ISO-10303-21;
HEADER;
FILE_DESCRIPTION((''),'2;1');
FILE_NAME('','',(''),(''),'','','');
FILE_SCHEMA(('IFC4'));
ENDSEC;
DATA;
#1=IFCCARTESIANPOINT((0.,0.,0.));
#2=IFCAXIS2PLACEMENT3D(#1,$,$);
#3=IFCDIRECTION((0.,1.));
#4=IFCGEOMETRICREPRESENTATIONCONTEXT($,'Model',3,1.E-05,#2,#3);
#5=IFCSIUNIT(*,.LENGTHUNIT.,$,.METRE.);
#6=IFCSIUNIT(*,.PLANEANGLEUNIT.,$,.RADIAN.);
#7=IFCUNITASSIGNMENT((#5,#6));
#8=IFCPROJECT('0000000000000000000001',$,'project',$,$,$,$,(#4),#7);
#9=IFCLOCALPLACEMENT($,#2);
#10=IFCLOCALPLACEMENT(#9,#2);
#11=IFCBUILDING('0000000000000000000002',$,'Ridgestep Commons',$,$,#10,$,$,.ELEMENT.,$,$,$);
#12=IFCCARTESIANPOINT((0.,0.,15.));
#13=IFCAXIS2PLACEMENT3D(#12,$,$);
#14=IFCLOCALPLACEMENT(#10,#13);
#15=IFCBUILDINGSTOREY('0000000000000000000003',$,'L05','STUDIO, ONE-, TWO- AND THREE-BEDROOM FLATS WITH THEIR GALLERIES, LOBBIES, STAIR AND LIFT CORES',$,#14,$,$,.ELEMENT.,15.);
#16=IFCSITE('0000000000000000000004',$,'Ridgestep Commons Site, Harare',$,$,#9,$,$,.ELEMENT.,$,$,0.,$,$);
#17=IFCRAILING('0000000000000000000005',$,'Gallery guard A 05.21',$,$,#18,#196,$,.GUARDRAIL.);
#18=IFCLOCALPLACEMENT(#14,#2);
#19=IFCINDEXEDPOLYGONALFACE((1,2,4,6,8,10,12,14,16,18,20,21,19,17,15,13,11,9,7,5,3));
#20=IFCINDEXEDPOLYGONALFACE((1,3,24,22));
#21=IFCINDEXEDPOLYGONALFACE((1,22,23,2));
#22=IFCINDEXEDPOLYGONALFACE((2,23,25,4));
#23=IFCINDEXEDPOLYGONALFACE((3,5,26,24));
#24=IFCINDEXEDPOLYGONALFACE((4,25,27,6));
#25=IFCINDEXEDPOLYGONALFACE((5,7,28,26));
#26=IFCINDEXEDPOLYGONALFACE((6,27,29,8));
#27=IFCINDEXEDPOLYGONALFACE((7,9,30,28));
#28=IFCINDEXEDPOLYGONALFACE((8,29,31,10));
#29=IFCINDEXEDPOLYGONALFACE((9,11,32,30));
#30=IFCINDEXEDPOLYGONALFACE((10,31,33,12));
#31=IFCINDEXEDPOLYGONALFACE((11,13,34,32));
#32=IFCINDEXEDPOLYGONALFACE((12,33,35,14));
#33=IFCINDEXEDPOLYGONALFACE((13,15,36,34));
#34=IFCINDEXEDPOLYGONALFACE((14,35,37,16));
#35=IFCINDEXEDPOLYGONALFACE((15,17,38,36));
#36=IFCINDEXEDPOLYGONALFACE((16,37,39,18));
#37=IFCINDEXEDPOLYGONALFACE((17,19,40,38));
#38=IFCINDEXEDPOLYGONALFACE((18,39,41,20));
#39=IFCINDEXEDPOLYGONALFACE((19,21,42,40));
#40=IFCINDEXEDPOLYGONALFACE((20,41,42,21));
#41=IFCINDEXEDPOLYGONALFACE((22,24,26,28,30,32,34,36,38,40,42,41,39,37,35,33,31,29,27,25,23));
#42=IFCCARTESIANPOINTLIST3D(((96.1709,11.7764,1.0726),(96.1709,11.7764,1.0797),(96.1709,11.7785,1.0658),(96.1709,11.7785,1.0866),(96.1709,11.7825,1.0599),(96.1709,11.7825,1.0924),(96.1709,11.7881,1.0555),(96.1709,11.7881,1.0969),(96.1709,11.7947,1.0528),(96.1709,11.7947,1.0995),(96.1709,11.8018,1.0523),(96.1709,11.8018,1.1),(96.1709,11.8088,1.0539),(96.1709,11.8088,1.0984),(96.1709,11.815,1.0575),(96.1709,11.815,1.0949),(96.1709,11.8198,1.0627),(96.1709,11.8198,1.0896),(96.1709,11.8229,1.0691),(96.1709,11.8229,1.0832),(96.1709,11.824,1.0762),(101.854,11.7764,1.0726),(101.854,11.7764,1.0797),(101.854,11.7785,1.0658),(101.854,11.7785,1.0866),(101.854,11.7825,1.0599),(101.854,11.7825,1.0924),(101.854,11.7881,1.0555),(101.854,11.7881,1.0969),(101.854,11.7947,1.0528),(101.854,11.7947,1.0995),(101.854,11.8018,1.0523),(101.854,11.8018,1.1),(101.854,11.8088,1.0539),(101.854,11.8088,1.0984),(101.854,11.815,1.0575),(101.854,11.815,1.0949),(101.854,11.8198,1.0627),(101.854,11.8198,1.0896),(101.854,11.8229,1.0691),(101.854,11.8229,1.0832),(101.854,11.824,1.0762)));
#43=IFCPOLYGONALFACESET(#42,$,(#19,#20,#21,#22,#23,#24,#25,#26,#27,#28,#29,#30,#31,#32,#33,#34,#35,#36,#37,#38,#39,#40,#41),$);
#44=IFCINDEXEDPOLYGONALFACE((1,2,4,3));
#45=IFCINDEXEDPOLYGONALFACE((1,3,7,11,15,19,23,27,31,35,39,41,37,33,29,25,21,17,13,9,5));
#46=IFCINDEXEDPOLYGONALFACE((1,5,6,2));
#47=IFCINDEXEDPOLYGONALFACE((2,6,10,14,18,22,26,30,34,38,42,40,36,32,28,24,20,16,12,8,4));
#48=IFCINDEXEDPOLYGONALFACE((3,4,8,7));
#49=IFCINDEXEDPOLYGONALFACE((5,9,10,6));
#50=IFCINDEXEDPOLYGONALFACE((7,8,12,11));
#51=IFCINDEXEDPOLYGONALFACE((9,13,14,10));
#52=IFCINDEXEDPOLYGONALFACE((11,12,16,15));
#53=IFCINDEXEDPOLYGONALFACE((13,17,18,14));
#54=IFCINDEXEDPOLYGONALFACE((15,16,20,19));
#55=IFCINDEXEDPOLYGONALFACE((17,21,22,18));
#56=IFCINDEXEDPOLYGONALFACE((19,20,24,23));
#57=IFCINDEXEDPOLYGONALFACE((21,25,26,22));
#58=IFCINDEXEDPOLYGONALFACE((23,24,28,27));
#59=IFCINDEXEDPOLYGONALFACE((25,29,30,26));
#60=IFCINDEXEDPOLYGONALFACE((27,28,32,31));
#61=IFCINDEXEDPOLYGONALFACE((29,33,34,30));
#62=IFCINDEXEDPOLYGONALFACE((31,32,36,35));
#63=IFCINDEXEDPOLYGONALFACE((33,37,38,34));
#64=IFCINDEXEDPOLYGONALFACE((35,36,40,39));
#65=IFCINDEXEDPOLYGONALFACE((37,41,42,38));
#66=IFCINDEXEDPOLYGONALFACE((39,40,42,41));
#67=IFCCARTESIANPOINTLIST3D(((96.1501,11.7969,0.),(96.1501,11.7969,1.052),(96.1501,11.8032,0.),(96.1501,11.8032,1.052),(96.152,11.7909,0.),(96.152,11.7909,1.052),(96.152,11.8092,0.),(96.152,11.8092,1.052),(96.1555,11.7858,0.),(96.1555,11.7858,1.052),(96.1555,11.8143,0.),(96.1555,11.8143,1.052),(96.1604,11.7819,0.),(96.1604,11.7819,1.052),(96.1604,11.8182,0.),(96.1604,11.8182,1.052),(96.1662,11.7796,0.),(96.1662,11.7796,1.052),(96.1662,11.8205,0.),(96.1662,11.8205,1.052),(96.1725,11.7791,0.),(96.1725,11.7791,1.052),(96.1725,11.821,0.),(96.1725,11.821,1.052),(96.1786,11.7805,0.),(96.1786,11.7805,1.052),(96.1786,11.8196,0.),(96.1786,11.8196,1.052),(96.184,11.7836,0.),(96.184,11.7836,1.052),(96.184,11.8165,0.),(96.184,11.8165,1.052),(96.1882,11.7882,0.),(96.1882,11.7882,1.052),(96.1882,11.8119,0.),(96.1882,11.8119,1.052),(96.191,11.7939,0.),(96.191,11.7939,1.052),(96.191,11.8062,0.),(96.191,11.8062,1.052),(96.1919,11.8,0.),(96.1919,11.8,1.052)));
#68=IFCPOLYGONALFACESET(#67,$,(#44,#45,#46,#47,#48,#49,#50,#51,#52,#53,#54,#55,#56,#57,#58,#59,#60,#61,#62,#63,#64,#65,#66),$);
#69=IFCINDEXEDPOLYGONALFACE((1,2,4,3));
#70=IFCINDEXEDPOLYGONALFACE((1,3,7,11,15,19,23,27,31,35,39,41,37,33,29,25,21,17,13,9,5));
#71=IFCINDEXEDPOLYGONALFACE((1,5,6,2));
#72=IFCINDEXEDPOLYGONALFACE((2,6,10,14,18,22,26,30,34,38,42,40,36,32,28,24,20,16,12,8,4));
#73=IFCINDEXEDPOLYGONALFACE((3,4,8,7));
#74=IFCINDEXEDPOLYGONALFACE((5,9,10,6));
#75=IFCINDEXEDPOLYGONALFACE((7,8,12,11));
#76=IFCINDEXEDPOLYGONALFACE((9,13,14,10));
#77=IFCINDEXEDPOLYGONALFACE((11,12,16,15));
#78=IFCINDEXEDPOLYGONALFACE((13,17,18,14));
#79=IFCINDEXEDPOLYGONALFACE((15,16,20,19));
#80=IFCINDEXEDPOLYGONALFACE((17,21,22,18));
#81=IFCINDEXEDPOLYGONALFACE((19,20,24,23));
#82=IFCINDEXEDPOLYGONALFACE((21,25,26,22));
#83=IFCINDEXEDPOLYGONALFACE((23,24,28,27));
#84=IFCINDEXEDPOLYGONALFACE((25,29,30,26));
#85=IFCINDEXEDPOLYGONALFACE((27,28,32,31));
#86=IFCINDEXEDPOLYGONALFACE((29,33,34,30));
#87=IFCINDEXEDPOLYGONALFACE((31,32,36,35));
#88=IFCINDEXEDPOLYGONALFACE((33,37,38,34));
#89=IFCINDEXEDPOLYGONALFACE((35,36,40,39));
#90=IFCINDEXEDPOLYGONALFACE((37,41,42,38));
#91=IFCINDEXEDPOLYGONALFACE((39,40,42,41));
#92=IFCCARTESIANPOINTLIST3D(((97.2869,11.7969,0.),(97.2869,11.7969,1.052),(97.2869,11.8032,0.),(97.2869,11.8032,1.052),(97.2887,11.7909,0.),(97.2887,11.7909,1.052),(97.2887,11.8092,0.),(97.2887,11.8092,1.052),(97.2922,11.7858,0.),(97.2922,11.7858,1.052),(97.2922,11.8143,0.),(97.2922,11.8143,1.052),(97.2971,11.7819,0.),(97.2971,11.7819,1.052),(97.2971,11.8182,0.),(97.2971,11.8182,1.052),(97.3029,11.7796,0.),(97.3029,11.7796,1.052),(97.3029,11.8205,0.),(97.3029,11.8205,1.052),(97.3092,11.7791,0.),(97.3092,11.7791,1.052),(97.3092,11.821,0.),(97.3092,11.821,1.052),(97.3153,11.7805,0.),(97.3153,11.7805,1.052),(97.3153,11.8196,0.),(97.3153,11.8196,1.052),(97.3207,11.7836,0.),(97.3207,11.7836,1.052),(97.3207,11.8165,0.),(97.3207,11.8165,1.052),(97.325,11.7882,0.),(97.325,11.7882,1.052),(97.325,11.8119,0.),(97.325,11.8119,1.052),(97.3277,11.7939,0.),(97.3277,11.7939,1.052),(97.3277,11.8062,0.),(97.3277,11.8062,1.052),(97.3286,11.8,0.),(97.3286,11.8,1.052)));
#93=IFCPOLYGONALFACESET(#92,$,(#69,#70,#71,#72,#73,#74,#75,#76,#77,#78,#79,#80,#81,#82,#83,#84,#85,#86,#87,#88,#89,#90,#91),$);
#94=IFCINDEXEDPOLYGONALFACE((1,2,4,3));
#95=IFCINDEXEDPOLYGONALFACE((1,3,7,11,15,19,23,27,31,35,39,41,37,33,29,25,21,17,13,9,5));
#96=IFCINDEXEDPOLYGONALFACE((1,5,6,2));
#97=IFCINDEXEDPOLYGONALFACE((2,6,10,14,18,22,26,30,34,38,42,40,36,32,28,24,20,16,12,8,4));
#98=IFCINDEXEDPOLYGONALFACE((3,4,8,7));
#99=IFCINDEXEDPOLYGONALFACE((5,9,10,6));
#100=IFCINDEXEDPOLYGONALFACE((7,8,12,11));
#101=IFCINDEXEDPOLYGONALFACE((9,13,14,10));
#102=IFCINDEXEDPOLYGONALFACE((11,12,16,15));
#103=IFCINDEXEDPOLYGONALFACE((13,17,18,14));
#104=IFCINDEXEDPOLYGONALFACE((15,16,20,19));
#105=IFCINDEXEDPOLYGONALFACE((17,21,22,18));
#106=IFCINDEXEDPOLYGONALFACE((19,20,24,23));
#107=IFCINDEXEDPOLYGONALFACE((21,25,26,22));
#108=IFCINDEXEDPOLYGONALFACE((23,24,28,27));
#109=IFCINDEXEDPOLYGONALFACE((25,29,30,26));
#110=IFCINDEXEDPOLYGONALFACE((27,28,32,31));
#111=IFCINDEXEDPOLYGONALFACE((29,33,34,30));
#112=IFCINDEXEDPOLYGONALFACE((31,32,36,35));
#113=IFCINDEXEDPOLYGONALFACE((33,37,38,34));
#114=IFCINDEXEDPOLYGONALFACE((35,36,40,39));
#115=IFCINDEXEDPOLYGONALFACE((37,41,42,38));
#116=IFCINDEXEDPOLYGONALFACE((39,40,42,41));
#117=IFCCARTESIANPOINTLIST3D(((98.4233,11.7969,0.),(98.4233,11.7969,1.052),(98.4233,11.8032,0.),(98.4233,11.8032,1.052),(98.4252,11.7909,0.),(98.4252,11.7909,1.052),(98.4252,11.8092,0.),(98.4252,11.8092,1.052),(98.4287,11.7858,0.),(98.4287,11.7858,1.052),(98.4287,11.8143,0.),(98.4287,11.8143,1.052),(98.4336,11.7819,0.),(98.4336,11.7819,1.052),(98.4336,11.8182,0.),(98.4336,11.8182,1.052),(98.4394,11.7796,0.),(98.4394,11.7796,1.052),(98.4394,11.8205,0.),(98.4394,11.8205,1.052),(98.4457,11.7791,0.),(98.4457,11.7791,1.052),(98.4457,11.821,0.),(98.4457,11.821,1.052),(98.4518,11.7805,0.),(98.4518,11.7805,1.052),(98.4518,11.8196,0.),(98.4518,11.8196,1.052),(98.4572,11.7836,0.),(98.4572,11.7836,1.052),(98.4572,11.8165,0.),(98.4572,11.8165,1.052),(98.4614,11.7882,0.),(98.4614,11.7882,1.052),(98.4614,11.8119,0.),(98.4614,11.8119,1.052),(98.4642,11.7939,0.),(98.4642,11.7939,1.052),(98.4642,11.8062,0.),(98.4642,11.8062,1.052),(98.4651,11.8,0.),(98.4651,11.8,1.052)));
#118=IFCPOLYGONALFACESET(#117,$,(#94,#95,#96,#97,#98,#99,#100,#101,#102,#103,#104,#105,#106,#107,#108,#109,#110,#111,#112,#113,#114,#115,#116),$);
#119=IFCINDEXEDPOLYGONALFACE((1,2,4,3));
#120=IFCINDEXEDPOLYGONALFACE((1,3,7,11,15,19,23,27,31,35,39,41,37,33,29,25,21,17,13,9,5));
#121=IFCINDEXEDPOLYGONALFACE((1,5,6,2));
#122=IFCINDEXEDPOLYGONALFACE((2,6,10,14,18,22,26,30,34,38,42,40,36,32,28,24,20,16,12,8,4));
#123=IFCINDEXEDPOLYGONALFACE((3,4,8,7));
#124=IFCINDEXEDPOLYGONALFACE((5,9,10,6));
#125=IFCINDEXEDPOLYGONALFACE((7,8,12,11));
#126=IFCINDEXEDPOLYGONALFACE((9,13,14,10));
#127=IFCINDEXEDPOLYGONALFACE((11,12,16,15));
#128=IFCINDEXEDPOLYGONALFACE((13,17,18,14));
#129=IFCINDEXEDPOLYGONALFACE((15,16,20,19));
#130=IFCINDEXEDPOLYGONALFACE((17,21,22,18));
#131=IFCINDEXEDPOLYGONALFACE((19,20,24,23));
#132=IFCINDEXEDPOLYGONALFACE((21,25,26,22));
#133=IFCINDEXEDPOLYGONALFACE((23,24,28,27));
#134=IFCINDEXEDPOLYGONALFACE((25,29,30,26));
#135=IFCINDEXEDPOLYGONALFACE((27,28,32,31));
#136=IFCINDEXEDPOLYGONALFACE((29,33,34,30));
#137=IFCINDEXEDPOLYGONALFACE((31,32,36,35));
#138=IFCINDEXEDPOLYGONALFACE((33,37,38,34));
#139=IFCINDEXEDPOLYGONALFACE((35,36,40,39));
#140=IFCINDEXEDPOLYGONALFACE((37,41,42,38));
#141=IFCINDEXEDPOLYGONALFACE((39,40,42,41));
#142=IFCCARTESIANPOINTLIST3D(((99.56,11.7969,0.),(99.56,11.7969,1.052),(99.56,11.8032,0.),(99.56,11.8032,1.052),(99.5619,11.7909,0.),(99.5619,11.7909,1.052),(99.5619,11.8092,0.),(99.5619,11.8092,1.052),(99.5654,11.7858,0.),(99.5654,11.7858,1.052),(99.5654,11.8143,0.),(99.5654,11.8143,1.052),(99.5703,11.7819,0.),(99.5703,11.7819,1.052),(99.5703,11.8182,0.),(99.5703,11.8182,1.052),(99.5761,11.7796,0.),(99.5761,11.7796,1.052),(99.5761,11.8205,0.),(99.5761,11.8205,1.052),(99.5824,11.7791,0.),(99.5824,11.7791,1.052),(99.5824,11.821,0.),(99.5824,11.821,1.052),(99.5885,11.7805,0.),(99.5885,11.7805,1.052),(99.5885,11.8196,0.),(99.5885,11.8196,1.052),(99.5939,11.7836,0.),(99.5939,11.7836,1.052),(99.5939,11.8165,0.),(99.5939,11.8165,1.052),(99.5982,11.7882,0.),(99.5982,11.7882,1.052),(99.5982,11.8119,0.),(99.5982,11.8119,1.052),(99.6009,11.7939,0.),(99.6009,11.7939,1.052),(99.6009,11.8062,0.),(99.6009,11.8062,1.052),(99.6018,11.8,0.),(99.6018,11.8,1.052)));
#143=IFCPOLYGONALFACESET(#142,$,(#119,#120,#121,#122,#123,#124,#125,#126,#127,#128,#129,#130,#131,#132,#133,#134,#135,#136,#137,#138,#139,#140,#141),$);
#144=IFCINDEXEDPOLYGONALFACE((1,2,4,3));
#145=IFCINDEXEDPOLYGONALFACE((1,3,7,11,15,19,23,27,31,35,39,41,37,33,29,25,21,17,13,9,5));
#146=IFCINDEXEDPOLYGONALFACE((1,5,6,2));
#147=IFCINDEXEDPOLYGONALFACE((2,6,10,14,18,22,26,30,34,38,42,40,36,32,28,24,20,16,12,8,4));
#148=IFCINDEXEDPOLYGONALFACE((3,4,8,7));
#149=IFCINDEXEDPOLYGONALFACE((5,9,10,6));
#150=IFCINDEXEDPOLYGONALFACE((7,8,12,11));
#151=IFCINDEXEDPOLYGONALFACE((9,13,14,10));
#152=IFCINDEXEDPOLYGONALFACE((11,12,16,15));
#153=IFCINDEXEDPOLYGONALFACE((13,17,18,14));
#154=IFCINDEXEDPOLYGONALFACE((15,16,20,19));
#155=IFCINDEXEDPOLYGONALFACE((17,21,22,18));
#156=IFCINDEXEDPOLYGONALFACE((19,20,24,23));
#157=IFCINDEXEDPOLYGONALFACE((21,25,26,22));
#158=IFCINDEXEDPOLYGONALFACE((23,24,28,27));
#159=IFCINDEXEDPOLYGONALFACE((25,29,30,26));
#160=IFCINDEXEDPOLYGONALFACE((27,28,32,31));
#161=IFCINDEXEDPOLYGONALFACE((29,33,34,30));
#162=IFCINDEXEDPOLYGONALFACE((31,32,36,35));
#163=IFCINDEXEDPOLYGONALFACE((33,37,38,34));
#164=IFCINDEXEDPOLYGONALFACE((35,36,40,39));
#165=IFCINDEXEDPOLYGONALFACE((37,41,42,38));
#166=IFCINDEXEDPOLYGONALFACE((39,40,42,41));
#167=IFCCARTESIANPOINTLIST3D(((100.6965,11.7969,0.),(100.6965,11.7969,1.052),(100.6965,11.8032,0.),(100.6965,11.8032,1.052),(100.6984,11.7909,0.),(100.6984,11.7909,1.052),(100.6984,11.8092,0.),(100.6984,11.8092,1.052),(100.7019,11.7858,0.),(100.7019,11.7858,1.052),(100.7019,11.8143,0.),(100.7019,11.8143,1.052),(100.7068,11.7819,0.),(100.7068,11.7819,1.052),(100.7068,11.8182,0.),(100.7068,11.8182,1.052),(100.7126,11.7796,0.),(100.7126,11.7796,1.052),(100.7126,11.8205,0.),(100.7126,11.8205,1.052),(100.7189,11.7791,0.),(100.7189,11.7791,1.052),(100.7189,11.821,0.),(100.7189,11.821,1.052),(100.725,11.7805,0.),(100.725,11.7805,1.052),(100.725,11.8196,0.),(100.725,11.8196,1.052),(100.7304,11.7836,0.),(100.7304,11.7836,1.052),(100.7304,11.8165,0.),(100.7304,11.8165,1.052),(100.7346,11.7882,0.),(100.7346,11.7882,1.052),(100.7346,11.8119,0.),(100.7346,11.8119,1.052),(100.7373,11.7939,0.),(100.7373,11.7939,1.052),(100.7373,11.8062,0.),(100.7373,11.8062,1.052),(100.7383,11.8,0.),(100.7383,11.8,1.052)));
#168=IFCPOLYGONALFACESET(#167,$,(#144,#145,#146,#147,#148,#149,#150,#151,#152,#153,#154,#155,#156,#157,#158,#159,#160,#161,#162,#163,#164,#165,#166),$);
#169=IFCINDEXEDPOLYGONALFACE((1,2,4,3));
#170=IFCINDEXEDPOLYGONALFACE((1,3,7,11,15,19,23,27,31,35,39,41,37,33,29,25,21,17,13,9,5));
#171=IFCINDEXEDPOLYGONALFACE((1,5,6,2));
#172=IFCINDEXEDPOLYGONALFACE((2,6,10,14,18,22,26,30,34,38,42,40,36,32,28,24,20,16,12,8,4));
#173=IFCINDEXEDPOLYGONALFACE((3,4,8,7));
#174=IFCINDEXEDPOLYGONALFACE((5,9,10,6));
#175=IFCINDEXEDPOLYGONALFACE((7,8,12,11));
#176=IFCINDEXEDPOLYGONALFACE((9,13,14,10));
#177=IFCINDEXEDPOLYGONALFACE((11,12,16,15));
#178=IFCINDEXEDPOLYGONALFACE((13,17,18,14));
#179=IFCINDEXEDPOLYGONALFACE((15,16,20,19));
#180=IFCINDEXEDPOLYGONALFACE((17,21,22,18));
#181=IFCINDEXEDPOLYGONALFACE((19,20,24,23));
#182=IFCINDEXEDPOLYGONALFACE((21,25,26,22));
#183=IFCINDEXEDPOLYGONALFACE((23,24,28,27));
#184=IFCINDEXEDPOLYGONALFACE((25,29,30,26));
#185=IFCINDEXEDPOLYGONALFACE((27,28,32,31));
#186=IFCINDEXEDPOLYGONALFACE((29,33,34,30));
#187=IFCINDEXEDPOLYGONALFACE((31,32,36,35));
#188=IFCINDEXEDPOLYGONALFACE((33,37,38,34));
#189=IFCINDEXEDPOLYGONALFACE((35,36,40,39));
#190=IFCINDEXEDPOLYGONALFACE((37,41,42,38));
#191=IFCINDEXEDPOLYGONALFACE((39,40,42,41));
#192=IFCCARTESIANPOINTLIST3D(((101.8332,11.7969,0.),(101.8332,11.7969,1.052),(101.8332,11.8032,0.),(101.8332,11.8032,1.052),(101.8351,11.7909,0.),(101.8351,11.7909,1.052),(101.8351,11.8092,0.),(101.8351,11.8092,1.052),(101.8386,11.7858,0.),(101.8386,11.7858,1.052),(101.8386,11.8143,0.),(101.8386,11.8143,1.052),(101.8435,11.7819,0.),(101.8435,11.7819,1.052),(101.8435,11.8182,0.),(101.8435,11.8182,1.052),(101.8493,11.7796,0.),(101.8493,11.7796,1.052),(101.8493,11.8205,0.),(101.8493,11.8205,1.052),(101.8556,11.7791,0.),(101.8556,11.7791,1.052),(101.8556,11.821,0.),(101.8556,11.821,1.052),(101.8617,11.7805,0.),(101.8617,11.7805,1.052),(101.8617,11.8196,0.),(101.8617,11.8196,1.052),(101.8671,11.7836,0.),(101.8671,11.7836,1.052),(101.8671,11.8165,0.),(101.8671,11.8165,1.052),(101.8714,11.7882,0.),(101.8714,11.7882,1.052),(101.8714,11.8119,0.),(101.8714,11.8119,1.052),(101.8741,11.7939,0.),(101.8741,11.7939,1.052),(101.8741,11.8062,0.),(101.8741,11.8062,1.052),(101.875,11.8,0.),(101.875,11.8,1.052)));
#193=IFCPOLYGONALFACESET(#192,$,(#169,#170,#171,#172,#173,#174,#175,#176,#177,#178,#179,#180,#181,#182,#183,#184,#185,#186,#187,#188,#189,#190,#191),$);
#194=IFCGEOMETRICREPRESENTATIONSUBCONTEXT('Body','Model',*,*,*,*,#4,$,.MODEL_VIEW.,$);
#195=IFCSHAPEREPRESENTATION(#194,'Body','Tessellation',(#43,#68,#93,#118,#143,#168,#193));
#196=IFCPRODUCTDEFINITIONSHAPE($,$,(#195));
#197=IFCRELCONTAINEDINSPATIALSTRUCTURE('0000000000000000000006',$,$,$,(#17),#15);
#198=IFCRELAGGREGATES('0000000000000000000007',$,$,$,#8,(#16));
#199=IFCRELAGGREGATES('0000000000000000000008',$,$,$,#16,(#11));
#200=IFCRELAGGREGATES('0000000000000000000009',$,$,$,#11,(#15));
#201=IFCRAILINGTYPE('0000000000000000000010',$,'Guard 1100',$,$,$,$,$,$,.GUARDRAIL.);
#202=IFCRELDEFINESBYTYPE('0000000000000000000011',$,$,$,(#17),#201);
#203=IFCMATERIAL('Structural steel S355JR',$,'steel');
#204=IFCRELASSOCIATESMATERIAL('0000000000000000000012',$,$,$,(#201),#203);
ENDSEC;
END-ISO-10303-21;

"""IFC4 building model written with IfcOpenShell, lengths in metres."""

from ifc_helpers import new_model, si_unit, direction, frame, origin, origin_2d, place, context, subcontext, project, spatial, circle, extrude, material, type_object, element, save


model = new_model("IFC4")

# Units and contexts
model_context = context("Model", 3, precision=1e-05, world=origin(), true_north=direction((0.0, 1.0)))
body_context = subcontext(model_context, "Body", "Model", "MODEL_VIEW")
ifc_project = project(units=[si_unit("LENGTHUNIT", "METRE"), si_unit("PLANEANGLEUNIT", "RADIAN")], contexts=[model_context])

# Site, building, storey
site_placement = place(None, origin())
site = spatial("IfcSite", under=ifc_project, at=site_placement, Name="Ridgestep Commons Site, Harare", CompositionType="ELEMENT", RefElevation=0.0)
building_placement = place(site_placement, origin())
building = spatial("IfcBuilding", under=site, at=building_placement, Name="Ridgestep Commons", CompositionType="ELEMENT")
storey_placement = place(building_placement, frame((0.0, 0.0, 15.0)))
storey = spatial("IfcBuildingStorey", under=building, at=storey_placement, Name="L05", Description="STUDIO, ONE-, TWO- AND THREE-BEDROOM FLATS WITH THEIR GALLERIES, LOBBIES, STAIR AND LIFT CORES", CompositionType="ELEMENT", Elevation=15.0)

# Railing
ifc_material_1 = material(Name="Structural steel S355JR", Category="steel")
railing_type_1 = type_object("IfcRailingType", Name="Guard 1100", PredefinedType="GUARDRAIL", material=ifc_material_1)
railing_1_placement = place(storey_placement, frame((96.1709, 11.8, 0.0)))
element("IfcRailing", 1, at=railing_1_placement, inside=storey, type_object=railing_type_1, Name="Gallery guard A 05.21", PredefinedType="GUARDRAIL", context=body_context, shape_type="SweptSolid", body=[
    extrude(circle(Radius=0.0239, at=origin_2d()), frame((0.0, 0.0, 1.0762), z_axis=(1.0, 0.0, 0.0), x_axis=(0.0, 1.0, 0.0)), (0.0, 0.0, 1.0), 5.6831),
    extrude(circle(Radius=0.021, at=origin_2d()), origin(), (0.0, 0.0, 1.0), 1.052),
    extrude(circle(Radius=0.021, at=origin_2d()), frame((1.1367, 0.0, 0.0)), (0.0, 0.0, 1.0), 1.052),
    extrude(circle(Radius=0.021, at=origin_2d()), frame((2.2732, 0.0, 0.0)), (0.0, 0.0, 1.0), 1.052),
    extrude(circle(Radius=0.021, at=origin_2d()), frame((3.4099, 0.0, 0.0)), (0.0, 0.0, 1.0), 1.052),
    extrude(circle(Radius=0.021, at=origin_2d()), frame((4.5464, 0.0, 0.0)), (0.0, 0.0, 1.0), 1.052),
    extrude(circle(Radius=0.021, at=origin_2d()), frame((5.6831, 0.0, 0.0)), (0.0, 0.0, 1.0), 1.052),
])

save(model, "model.ifc")
